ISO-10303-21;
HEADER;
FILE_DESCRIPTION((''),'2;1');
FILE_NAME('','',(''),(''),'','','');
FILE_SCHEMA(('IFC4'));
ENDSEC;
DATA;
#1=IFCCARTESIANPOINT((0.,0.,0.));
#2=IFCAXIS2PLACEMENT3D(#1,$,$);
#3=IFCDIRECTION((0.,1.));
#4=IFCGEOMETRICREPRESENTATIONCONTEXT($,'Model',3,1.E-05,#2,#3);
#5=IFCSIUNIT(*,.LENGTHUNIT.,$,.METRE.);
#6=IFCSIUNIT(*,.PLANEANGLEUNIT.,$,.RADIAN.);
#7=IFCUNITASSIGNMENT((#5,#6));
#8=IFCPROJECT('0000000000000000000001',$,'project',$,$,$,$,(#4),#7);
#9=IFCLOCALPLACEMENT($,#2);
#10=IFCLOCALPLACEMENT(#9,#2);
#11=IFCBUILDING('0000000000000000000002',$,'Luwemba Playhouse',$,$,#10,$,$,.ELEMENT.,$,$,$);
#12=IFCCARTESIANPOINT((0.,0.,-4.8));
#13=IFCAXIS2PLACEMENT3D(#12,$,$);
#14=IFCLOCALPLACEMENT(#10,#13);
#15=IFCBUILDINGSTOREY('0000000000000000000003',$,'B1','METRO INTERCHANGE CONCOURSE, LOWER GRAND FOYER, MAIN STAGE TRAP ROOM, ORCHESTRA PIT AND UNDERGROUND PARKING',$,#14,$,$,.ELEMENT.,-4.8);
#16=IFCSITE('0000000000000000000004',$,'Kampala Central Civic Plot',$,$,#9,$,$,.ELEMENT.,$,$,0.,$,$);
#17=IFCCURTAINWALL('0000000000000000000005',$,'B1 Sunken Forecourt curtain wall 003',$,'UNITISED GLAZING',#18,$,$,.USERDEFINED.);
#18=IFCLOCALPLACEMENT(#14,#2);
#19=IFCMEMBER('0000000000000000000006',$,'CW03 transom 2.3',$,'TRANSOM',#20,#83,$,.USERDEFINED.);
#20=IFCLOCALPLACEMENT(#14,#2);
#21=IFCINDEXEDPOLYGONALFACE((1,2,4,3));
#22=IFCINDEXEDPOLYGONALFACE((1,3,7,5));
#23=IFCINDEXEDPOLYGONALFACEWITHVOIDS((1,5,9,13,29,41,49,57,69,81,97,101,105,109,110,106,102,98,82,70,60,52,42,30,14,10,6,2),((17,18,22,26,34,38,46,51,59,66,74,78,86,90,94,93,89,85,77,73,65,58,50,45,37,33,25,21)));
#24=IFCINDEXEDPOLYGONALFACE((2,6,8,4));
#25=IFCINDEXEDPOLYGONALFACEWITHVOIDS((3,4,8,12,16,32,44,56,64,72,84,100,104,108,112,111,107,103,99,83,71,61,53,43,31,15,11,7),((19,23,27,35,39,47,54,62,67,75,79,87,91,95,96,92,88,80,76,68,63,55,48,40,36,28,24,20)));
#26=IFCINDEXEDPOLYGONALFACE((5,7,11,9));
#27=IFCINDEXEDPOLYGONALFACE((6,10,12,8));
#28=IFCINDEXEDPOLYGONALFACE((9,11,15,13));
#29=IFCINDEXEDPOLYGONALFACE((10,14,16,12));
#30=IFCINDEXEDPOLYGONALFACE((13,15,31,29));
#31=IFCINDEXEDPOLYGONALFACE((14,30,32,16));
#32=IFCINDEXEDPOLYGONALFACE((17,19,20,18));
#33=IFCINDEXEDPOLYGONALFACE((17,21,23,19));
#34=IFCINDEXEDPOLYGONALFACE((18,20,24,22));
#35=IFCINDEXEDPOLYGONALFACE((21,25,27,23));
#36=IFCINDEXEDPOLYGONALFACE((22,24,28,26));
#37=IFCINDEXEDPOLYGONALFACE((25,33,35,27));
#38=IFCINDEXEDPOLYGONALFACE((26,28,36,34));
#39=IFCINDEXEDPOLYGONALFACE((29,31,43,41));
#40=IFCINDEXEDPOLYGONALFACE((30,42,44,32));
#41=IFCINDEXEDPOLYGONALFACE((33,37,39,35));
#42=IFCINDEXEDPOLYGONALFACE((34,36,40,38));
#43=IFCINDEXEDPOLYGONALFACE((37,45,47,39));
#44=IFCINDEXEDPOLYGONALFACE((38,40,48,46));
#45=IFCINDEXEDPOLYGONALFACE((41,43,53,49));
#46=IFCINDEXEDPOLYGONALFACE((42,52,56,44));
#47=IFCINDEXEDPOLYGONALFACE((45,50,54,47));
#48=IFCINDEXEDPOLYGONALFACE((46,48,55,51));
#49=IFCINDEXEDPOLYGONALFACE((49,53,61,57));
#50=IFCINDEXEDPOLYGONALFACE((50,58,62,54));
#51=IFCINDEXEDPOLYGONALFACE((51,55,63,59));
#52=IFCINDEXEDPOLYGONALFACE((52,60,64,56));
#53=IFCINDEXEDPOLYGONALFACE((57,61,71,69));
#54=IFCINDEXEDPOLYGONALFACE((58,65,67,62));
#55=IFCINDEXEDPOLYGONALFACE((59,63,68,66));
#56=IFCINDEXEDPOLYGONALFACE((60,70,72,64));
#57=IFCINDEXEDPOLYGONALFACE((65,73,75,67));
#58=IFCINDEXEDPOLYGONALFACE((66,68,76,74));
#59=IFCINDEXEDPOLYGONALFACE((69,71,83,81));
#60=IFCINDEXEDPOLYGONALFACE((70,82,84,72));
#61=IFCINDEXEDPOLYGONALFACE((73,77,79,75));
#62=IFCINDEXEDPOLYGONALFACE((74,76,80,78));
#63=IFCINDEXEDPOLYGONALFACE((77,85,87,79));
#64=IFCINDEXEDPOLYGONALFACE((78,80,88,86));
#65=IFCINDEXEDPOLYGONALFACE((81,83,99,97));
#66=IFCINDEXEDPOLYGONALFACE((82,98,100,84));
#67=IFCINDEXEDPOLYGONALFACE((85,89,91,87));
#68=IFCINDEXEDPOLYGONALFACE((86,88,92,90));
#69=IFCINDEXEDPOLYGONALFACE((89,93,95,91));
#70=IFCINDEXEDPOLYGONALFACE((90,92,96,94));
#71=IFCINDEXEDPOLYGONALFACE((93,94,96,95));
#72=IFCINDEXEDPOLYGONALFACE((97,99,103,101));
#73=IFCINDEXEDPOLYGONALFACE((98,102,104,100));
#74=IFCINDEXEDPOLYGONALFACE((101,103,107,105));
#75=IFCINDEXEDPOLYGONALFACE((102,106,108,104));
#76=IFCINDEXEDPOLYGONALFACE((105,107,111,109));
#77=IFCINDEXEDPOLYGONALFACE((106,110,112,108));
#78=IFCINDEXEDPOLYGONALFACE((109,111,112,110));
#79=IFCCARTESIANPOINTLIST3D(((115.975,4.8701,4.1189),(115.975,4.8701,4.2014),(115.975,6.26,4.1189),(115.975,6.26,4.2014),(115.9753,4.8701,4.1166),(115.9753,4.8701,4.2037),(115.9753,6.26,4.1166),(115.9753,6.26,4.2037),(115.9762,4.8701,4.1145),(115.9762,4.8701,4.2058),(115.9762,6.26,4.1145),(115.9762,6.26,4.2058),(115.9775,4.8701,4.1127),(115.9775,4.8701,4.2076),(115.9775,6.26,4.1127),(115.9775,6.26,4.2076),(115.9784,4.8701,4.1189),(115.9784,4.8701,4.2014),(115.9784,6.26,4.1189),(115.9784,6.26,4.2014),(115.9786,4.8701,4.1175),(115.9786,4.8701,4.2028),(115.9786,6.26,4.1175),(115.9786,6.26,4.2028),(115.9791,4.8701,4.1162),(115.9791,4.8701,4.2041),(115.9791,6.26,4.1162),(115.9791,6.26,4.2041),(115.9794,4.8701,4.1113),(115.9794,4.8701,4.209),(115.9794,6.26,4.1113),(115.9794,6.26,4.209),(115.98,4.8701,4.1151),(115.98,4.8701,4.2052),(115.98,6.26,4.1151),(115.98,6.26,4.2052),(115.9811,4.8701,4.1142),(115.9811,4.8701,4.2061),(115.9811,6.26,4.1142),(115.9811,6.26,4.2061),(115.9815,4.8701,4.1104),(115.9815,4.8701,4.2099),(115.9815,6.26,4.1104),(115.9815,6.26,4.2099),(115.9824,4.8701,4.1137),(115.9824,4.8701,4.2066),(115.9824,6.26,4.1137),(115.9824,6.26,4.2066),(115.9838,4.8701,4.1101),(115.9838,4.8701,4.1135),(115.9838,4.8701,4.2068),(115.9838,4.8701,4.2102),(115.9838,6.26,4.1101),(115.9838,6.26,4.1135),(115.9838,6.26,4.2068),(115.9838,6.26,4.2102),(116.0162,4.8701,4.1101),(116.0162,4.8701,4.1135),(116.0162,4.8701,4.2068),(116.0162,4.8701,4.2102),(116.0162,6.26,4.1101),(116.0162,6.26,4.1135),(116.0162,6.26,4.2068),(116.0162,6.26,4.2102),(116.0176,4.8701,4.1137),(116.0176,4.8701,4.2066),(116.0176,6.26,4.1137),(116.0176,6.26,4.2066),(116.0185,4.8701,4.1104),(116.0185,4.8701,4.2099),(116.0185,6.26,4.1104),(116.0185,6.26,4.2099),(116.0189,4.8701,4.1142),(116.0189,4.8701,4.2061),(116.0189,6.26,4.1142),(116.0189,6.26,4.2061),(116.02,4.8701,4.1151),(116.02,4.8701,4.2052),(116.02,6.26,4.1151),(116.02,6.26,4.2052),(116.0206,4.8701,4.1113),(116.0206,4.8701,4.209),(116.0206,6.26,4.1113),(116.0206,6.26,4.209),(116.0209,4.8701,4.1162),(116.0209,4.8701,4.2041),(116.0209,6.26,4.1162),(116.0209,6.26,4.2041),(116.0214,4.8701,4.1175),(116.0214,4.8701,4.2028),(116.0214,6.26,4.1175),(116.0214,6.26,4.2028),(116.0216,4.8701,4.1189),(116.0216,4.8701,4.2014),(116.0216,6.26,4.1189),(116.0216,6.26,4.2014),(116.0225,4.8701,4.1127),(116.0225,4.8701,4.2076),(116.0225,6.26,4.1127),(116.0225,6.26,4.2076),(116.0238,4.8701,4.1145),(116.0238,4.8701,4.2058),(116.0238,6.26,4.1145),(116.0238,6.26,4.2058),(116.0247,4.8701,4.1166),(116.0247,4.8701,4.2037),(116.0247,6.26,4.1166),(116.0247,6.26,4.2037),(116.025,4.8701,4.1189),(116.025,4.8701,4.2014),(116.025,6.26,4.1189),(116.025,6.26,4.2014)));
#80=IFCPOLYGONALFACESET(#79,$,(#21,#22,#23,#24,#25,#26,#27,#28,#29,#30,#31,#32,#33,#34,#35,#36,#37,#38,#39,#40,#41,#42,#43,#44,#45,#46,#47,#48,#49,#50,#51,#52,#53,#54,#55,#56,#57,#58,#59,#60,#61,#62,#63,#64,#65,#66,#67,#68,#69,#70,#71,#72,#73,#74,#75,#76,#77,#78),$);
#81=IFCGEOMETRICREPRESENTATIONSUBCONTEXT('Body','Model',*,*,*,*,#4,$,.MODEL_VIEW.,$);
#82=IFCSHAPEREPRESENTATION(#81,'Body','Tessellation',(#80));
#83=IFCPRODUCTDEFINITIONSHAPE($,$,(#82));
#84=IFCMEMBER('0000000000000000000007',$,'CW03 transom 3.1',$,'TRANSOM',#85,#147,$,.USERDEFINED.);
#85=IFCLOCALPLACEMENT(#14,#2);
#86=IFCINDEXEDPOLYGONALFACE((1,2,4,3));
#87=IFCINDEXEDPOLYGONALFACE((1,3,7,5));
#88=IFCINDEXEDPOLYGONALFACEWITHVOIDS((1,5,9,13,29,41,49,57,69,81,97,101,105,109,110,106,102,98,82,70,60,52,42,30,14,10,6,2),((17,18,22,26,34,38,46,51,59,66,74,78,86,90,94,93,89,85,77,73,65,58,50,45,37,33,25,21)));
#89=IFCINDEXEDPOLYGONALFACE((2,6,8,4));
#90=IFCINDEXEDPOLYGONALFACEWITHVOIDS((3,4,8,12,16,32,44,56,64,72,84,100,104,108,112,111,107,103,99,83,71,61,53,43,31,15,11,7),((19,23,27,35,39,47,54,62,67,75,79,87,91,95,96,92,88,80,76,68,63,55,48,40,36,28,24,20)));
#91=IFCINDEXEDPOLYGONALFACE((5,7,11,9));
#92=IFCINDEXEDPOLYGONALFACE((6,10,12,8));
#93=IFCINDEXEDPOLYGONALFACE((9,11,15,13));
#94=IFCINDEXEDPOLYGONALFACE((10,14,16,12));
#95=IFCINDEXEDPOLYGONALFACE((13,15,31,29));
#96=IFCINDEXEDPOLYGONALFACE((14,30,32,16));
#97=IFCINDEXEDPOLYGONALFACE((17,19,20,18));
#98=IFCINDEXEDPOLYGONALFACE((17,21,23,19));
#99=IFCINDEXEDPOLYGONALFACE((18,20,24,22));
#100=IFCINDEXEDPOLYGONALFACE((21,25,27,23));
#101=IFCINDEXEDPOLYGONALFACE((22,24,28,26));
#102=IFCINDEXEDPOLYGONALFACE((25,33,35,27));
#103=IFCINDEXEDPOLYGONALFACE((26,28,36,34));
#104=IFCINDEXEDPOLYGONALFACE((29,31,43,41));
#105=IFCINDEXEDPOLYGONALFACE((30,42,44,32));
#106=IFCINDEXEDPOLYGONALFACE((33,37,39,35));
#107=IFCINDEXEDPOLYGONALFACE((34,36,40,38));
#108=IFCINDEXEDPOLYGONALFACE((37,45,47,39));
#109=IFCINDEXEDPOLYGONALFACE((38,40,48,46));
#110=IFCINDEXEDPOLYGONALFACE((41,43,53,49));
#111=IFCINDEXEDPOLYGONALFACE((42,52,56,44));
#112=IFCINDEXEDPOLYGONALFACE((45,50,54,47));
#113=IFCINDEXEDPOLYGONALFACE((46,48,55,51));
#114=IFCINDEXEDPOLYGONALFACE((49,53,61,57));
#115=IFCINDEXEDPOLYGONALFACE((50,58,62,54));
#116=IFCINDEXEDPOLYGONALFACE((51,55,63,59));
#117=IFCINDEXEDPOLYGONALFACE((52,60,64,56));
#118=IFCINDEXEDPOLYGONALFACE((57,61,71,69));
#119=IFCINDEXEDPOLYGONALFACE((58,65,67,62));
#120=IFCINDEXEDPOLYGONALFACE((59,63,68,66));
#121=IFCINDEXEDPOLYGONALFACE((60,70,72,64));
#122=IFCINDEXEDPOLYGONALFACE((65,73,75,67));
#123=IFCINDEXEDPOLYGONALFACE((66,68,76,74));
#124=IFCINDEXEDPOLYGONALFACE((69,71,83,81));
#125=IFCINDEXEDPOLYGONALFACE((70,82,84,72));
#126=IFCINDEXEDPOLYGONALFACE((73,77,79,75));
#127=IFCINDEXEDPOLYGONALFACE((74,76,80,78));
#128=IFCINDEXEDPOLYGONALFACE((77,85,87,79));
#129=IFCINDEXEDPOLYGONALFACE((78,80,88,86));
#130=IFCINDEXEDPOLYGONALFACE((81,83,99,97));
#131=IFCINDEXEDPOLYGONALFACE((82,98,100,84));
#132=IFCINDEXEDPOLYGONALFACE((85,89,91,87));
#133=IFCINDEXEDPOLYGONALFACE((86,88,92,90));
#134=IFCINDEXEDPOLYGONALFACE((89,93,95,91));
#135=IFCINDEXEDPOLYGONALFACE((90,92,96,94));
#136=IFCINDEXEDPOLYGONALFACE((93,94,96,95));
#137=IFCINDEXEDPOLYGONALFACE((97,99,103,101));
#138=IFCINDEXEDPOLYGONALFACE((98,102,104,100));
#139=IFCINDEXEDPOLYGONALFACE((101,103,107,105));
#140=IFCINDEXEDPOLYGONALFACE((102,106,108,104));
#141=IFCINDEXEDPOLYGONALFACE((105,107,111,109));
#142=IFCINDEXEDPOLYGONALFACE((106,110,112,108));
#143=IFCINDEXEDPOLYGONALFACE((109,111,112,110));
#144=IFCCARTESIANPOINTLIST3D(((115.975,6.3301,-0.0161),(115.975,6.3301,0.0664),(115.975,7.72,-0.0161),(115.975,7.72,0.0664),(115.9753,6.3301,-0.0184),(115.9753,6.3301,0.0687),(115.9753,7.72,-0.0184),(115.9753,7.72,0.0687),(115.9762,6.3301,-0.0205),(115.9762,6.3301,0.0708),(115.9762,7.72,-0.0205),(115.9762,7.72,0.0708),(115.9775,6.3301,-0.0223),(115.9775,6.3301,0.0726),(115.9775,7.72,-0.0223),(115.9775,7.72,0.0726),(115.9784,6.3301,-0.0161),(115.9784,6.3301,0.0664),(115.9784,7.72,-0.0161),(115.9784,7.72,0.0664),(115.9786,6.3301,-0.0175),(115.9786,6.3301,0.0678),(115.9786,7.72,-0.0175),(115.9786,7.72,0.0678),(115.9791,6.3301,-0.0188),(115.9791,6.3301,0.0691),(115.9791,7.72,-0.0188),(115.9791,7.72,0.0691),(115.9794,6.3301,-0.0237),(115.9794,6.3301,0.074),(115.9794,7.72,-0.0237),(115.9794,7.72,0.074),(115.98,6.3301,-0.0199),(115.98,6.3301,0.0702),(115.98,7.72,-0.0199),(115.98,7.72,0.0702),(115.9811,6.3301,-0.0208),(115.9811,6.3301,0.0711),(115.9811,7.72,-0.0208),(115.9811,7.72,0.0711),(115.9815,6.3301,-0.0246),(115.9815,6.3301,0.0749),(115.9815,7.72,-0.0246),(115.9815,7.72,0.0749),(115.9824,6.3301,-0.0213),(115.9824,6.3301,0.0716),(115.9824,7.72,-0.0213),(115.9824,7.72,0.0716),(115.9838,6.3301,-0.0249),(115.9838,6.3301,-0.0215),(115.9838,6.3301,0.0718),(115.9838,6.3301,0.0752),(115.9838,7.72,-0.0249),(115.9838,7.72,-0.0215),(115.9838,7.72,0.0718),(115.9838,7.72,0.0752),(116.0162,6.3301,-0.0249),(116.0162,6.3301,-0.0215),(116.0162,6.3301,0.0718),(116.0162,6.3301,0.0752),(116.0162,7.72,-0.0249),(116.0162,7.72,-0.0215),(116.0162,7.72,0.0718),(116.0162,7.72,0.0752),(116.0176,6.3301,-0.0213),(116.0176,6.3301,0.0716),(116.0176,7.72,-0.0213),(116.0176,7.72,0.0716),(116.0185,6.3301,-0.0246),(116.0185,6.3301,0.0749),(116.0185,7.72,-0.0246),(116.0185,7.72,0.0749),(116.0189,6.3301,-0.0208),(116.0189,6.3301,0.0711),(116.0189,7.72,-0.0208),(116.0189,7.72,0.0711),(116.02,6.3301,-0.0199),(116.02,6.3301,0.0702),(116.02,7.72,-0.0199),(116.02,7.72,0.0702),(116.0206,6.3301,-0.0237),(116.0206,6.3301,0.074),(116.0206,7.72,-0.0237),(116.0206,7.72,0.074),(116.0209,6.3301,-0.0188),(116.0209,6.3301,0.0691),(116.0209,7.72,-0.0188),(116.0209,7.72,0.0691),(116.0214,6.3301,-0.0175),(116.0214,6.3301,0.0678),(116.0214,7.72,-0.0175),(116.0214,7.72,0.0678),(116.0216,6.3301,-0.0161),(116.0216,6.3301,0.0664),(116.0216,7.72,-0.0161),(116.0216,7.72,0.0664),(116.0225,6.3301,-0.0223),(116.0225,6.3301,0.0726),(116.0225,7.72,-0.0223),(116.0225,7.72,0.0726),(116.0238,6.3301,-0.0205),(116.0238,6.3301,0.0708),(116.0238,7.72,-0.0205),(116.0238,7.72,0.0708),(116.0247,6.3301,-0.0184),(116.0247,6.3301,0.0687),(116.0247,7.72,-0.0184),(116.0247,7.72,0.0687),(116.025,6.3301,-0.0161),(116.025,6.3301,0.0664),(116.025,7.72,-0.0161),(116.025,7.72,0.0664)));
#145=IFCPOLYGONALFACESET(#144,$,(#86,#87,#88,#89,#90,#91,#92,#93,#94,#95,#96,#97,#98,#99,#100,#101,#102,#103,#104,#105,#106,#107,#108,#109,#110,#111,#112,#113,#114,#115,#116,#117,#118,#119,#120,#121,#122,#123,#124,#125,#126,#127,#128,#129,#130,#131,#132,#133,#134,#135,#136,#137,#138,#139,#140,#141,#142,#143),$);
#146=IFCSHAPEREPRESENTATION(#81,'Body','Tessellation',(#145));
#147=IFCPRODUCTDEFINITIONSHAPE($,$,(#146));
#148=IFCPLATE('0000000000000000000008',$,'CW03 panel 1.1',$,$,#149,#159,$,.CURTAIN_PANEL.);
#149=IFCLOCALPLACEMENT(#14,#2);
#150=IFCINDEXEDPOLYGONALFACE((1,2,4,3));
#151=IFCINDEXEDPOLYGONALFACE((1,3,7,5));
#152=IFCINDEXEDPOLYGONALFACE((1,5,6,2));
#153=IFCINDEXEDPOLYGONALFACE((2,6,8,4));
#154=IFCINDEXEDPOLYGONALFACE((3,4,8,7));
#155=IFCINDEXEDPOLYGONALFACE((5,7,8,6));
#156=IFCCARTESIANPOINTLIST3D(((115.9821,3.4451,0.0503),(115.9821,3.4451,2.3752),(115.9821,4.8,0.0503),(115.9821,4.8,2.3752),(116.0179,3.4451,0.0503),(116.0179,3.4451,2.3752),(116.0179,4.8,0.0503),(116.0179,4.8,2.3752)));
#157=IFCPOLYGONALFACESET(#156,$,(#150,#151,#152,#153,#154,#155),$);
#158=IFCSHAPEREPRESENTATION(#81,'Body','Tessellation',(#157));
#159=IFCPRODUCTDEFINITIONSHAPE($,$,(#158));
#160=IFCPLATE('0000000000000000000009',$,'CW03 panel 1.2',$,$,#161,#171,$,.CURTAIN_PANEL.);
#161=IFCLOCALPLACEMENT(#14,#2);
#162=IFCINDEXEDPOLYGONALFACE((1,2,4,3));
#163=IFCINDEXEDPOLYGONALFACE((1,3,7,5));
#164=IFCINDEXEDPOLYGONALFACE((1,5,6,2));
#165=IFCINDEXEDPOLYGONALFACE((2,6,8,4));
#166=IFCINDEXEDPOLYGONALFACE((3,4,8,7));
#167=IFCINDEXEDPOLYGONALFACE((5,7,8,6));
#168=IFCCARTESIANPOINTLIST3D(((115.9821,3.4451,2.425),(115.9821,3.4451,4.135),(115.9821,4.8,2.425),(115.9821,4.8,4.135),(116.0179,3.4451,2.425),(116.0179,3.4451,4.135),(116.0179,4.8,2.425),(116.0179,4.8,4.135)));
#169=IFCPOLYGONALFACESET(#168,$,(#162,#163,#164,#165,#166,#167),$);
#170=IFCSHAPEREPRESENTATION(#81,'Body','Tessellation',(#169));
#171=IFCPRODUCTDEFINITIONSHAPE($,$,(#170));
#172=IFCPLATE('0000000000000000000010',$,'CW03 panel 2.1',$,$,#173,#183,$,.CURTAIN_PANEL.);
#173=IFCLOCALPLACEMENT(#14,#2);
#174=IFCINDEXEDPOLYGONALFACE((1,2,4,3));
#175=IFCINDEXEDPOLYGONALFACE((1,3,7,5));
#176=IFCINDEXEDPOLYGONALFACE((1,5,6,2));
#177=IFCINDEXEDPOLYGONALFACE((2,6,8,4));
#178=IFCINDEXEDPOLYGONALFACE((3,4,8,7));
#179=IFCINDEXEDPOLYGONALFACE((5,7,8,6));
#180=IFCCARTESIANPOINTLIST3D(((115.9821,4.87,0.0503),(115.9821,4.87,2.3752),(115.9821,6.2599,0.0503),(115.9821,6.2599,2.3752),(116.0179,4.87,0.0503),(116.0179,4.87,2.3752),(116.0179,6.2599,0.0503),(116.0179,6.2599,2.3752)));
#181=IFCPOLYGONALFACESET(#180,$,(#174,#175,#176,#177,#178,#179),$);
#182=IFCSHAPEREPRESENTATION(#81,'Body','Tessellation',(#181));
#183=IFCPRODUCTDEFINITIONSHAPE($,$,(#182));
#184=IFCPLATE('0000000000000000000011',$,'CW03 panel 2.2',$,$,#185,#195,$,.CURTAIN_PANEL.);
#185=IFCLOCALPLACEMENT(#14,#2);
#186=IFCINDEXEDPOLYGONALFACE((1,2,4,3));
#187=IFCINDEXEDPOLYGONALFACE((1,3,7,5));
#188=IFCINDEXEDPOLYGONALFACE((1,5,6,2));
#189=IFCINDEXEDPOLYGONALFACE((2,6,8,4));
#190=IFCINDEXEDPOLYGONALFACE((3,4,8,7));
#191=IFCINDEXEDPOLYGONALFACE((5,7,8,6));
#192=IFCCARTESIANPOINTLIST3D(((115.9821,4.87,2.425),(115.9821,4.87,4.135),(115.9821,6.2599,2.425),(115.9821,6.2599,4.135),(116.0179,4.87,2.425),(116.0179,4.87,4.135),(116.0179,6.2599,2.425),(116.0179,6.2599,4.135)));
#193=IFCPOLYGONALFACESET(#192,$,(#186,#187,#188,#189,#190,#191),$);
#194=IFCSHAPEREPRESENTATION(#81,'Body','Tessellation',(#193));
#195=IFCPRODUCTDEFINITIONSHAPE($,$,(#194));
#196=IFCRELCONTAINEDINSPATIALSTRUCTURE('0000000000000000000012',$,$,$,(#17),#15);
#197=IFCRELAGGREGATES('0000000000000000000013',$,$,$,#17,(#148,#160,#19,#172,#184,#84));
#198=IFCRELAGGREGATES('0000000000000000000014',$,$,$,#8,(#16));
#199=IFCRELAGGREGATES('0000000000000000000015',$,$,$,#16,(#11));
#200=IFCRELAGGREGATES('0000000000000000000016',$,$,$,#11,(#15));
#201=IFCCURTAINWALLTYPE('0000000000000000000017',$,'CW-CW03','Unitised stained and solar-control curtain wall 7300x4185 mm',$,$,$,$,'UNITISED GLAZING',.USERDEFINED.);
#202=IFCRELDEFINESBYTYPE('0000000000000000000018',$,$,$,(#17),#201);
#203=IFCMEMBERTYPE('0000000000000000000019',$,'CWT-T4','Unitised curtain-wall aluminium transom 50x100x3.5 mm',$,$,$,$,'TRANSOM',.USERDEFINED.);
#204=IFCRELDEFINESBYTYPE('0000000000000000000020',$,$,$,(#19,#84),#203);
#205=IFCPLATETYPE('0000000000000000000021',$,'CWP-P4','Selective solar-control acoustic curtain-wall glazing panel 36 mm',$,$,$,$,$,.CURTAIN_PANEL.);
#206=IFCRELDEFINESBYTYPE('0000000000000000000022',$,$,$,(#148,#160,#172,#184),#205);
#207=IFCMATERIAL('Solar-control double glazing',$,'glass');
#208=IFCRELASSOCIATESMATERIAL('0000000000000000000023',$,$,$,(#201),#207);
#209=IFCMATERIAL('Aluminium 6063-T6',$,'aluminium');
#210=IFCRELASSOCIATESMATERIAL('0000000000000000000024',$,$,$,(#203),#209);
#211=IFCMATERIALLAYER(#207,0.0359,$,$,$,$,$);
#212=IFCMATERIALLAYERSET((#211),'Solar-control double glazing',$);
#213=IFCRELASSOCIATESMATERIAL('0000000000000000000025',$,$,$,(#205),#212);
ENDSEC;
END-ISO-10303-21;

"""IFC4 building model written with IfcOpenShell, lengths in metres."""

from ifc_helpers import new_model, si_unit, direction, frame, origin, origin_2d, place, context, subcontext, project, spatial, rectangle, hollow_rectangle, extrude, material, layer, layer_set, material_profile, profile_set, type_object, element, aggregate, save


model = new_model("IFC4")

# Units and contexts
model_context = context("Model", 3, precision=1e-05, world=origin(), true_north=direction((0.0, 1.0)))
body_context = subcontext(model_context, "Body", "Model", "MODEL_VIEW")
ifc_project = project(units=[si_unit("LENGTHUNIT", "METRE"), si_unit("PLANEANGLEUNIT", "RADIAN")], contexts=[model_context])

# Site, building, storey
site_placement = place(None, origin())
site = spatial("IfcSite", under=ifc_project, at=site_placement, Name="Kampala Central Civic Plot", CompositionType="ELEMENT", RefElevation=0.0)
building_placement = place(site_placement, origin())
building = spatial("IfcBuilding", under=site, at=building_placement, Name="Luwemba Playhouse", CompositionType="ELEMENT")
storey_placement = place(building_placement, frame((0.0, 0.0, -4.8)))
storey = spatial("IfcBuildingStorey", under=building, at=storey_placement, Name="B1", Description="METRO INTERCHANGE CONCOURSE, LOWER GRAND FOYER, MAIN STAGE TRAP ROOM, ORCHESTRA PIT AND UNDERGROUND PARKING", CompositionType="ELEMENT", Elevation=-4.8)

# Curtain wall, members, plates
ifc_material_1 = material(Name="Solar-control double glazing", Category="glass")
curtain_wall_type = type_object("IfcCurtainWallType", Name="CW-CW03", Description="Unitised stained and solar-control curtain wall 7300x4185 mm", ElementType="UNITISED GLAZING", PredefinedType="USERDEFINED", material=ifc_material_1)
curtain_wall_placement = place(storey_placement, origin())
curtain_wall = element("IfcCurtainWall", 1, at=curtain_wall_placement, inside=storey, type_object=curtain_wall_type, Name="B1 Sunken Forecourt curtain wall 003", ObjectType="UNITISED GLAZING", PredefinedType="USERDEFINED")
ifc_material_2 = material(Name="Aluminium 6063-T6", Category="aluminium")
ifc_material_profile_1 = material_profile(ifc_material_2, hollow_rectangle(XDim=0.05, YDim=0.1001, WallThickness=0.0034, InnerFilletRadius=0.0054, OuterFilletRadius=0.0088, at=origin_2d()))
ifc_profile_set_1 = profile_set([ifc_material_profile_1], Name="Aluminium 6063-T6")
member_type_1 = type_object("IfcMemberType", Name="CWT-T4", Description="Unitised curtain-wall aluminium transom 50x100x3.5 mm", ElementType="TRANSOM", PredefinedType="USERDEFINED", material=ifc_profile_set_1)
member_1_placement = place(storey_placement, frame((116.0, 4.8701, 4.1602), z_axis=(0.0, 1.0, 0.0), x_axis=(-1.0, 0.0, 0.0)))
member_1 = element("IfcMember", 2, at=member_1_placement, type_object=member_type_1, Name="CW03 transom 2.3", ObjectType="TRANSOM", PredefinedType="USERDEFINED", context=body_context, shape_type="SweptSolid", body=[
    extrude(hollow_rectangle(XDim=0.05, YDim=0.1001, WallThickness=0.0034, InnerFilletRadius=0.0054, OuterFilletRadius=0.0088, at=origin_2d()), origin(), (0.0, 0.0, 1.0), 1.3899),
])
member_2_placement = place(storey_placement, frame((116.0, 6.3301, 0.0251), z_axis=(0.0, 1.0, 0.0), x_axis=(-1.0, 0.0, 0.0)))
member_2 = element("IfcMember", 3, at=member_2_placement, type_object=member_type_1, Name="CW03 transom 3.1", ObjectType="TRANSOM", PredefinedType="USERDEFINED", context=body_context, shape_type="SweptSolid", body=[
    extrude(hollow_rectangle(XDim=0.05, YDim=0.1001, WallThickness=0.0034, InnerFilletRadius=0.0054, OuterFilletRadius=0.0088, at=origin_2d()), origin(), (0.0, 0.0, 1.0), 1.3899),
])
ifc_layer_1 = layer(ifc_material_1, 0.0359)
ifc_layer_set_1 = layer_set([ifc_layer_1], Name="Solar-control double glazing")
plate_type = type_object("IfcPlateType", Name="CWP-P4", Description="Selective solar-control acoustic curtain-wall glazing panel 36 mm", PredefinedType="CURTAIN_PANEL", material=ifc_layer_set_1)
plate_1_placement = place(storey_placement, frame((116.0, 4.1226, 0.0503), z_axis=(0.0, 0.0, 1.0), x_axis=(0.0, 1.0, 0.0)))
plate_1 = element("IfcPlate", 4, at=plate_1_placement, type_object=plate_type, Name="CW03 panel 1.1", PredefinedType="CURTAIN_PANEL", context=body_context, shape_type="SweptSolid", body=[
    extrude(rectangle(XDim=1.355, YDim=0.0359, at=origin_2d()), origin(), (0.0, 0.0, 1.0), 2.325),
])
plate_2_placement = place(storey_placement, frame((116.0, 4.1226, 2.425), z_axis=(0.0, 0.0, 1.0), x_axis=(0.0, 1.0, 0.0)))
plate_2 = element("IfcPlate", 5, at=plate_2_placement, type_object=plate_type, Name="CW03 panel 1.2", PredefinedType="CURTAIN_PANEL", context=body_context, shape_type="SweptSolid", body=[
    extrude(rectangle(XDim=1.355, YDim=0.0359, at=origin_2d()), origin(), (0.0, 0.0, 1.0), 1.71),
])
plate_3_placement = place(storey_placement, frame((116.0, 5.5649, 0.0503), z_axis=(0.0, 0.0, 1.0), x_axis=(0.0, 1.0, 0.0)))
plate_3 = element("IfcPlate", 6, at=plate_3_placement, type_object=plate_type, Name="CW03 panel 2.1", PredefinedType="CURTAIN_PANEL", context=body_context, shape_type="SweptSolid", body=[
    extrude(rectangle(XDim=1.3899, YDim=0.0359, at=origin_2d()), origin(), (0.0, 0.0, 1.0), 2.325),
])
plate_4_placement = place(storey_placement, frame((116.0, 5.5649, 2.425), z_axis=(0.0, 0.0, 1.0), x_axis=(0.0, 1.0, 0.0)))
plate_4 = element("IfcPlate", 7, at=plate_4_placement, type_object=plate_type, Name="CW03 panel 2.2", PredefinedType="CURTAIN_PANEL", context=body_context, shape_type="SweptSolid", body=[
    extrude(rectangle(XDim=1.3899, YDim=0.0359, at=origin_2d()), origin(), (0.0, 0.0, 1.0), 1.71),
])
aggregate(curtain_wall, [plate_1, plate_2, member_1, plate_3, plate_4, member_2])

save(model, "model.ifc")
